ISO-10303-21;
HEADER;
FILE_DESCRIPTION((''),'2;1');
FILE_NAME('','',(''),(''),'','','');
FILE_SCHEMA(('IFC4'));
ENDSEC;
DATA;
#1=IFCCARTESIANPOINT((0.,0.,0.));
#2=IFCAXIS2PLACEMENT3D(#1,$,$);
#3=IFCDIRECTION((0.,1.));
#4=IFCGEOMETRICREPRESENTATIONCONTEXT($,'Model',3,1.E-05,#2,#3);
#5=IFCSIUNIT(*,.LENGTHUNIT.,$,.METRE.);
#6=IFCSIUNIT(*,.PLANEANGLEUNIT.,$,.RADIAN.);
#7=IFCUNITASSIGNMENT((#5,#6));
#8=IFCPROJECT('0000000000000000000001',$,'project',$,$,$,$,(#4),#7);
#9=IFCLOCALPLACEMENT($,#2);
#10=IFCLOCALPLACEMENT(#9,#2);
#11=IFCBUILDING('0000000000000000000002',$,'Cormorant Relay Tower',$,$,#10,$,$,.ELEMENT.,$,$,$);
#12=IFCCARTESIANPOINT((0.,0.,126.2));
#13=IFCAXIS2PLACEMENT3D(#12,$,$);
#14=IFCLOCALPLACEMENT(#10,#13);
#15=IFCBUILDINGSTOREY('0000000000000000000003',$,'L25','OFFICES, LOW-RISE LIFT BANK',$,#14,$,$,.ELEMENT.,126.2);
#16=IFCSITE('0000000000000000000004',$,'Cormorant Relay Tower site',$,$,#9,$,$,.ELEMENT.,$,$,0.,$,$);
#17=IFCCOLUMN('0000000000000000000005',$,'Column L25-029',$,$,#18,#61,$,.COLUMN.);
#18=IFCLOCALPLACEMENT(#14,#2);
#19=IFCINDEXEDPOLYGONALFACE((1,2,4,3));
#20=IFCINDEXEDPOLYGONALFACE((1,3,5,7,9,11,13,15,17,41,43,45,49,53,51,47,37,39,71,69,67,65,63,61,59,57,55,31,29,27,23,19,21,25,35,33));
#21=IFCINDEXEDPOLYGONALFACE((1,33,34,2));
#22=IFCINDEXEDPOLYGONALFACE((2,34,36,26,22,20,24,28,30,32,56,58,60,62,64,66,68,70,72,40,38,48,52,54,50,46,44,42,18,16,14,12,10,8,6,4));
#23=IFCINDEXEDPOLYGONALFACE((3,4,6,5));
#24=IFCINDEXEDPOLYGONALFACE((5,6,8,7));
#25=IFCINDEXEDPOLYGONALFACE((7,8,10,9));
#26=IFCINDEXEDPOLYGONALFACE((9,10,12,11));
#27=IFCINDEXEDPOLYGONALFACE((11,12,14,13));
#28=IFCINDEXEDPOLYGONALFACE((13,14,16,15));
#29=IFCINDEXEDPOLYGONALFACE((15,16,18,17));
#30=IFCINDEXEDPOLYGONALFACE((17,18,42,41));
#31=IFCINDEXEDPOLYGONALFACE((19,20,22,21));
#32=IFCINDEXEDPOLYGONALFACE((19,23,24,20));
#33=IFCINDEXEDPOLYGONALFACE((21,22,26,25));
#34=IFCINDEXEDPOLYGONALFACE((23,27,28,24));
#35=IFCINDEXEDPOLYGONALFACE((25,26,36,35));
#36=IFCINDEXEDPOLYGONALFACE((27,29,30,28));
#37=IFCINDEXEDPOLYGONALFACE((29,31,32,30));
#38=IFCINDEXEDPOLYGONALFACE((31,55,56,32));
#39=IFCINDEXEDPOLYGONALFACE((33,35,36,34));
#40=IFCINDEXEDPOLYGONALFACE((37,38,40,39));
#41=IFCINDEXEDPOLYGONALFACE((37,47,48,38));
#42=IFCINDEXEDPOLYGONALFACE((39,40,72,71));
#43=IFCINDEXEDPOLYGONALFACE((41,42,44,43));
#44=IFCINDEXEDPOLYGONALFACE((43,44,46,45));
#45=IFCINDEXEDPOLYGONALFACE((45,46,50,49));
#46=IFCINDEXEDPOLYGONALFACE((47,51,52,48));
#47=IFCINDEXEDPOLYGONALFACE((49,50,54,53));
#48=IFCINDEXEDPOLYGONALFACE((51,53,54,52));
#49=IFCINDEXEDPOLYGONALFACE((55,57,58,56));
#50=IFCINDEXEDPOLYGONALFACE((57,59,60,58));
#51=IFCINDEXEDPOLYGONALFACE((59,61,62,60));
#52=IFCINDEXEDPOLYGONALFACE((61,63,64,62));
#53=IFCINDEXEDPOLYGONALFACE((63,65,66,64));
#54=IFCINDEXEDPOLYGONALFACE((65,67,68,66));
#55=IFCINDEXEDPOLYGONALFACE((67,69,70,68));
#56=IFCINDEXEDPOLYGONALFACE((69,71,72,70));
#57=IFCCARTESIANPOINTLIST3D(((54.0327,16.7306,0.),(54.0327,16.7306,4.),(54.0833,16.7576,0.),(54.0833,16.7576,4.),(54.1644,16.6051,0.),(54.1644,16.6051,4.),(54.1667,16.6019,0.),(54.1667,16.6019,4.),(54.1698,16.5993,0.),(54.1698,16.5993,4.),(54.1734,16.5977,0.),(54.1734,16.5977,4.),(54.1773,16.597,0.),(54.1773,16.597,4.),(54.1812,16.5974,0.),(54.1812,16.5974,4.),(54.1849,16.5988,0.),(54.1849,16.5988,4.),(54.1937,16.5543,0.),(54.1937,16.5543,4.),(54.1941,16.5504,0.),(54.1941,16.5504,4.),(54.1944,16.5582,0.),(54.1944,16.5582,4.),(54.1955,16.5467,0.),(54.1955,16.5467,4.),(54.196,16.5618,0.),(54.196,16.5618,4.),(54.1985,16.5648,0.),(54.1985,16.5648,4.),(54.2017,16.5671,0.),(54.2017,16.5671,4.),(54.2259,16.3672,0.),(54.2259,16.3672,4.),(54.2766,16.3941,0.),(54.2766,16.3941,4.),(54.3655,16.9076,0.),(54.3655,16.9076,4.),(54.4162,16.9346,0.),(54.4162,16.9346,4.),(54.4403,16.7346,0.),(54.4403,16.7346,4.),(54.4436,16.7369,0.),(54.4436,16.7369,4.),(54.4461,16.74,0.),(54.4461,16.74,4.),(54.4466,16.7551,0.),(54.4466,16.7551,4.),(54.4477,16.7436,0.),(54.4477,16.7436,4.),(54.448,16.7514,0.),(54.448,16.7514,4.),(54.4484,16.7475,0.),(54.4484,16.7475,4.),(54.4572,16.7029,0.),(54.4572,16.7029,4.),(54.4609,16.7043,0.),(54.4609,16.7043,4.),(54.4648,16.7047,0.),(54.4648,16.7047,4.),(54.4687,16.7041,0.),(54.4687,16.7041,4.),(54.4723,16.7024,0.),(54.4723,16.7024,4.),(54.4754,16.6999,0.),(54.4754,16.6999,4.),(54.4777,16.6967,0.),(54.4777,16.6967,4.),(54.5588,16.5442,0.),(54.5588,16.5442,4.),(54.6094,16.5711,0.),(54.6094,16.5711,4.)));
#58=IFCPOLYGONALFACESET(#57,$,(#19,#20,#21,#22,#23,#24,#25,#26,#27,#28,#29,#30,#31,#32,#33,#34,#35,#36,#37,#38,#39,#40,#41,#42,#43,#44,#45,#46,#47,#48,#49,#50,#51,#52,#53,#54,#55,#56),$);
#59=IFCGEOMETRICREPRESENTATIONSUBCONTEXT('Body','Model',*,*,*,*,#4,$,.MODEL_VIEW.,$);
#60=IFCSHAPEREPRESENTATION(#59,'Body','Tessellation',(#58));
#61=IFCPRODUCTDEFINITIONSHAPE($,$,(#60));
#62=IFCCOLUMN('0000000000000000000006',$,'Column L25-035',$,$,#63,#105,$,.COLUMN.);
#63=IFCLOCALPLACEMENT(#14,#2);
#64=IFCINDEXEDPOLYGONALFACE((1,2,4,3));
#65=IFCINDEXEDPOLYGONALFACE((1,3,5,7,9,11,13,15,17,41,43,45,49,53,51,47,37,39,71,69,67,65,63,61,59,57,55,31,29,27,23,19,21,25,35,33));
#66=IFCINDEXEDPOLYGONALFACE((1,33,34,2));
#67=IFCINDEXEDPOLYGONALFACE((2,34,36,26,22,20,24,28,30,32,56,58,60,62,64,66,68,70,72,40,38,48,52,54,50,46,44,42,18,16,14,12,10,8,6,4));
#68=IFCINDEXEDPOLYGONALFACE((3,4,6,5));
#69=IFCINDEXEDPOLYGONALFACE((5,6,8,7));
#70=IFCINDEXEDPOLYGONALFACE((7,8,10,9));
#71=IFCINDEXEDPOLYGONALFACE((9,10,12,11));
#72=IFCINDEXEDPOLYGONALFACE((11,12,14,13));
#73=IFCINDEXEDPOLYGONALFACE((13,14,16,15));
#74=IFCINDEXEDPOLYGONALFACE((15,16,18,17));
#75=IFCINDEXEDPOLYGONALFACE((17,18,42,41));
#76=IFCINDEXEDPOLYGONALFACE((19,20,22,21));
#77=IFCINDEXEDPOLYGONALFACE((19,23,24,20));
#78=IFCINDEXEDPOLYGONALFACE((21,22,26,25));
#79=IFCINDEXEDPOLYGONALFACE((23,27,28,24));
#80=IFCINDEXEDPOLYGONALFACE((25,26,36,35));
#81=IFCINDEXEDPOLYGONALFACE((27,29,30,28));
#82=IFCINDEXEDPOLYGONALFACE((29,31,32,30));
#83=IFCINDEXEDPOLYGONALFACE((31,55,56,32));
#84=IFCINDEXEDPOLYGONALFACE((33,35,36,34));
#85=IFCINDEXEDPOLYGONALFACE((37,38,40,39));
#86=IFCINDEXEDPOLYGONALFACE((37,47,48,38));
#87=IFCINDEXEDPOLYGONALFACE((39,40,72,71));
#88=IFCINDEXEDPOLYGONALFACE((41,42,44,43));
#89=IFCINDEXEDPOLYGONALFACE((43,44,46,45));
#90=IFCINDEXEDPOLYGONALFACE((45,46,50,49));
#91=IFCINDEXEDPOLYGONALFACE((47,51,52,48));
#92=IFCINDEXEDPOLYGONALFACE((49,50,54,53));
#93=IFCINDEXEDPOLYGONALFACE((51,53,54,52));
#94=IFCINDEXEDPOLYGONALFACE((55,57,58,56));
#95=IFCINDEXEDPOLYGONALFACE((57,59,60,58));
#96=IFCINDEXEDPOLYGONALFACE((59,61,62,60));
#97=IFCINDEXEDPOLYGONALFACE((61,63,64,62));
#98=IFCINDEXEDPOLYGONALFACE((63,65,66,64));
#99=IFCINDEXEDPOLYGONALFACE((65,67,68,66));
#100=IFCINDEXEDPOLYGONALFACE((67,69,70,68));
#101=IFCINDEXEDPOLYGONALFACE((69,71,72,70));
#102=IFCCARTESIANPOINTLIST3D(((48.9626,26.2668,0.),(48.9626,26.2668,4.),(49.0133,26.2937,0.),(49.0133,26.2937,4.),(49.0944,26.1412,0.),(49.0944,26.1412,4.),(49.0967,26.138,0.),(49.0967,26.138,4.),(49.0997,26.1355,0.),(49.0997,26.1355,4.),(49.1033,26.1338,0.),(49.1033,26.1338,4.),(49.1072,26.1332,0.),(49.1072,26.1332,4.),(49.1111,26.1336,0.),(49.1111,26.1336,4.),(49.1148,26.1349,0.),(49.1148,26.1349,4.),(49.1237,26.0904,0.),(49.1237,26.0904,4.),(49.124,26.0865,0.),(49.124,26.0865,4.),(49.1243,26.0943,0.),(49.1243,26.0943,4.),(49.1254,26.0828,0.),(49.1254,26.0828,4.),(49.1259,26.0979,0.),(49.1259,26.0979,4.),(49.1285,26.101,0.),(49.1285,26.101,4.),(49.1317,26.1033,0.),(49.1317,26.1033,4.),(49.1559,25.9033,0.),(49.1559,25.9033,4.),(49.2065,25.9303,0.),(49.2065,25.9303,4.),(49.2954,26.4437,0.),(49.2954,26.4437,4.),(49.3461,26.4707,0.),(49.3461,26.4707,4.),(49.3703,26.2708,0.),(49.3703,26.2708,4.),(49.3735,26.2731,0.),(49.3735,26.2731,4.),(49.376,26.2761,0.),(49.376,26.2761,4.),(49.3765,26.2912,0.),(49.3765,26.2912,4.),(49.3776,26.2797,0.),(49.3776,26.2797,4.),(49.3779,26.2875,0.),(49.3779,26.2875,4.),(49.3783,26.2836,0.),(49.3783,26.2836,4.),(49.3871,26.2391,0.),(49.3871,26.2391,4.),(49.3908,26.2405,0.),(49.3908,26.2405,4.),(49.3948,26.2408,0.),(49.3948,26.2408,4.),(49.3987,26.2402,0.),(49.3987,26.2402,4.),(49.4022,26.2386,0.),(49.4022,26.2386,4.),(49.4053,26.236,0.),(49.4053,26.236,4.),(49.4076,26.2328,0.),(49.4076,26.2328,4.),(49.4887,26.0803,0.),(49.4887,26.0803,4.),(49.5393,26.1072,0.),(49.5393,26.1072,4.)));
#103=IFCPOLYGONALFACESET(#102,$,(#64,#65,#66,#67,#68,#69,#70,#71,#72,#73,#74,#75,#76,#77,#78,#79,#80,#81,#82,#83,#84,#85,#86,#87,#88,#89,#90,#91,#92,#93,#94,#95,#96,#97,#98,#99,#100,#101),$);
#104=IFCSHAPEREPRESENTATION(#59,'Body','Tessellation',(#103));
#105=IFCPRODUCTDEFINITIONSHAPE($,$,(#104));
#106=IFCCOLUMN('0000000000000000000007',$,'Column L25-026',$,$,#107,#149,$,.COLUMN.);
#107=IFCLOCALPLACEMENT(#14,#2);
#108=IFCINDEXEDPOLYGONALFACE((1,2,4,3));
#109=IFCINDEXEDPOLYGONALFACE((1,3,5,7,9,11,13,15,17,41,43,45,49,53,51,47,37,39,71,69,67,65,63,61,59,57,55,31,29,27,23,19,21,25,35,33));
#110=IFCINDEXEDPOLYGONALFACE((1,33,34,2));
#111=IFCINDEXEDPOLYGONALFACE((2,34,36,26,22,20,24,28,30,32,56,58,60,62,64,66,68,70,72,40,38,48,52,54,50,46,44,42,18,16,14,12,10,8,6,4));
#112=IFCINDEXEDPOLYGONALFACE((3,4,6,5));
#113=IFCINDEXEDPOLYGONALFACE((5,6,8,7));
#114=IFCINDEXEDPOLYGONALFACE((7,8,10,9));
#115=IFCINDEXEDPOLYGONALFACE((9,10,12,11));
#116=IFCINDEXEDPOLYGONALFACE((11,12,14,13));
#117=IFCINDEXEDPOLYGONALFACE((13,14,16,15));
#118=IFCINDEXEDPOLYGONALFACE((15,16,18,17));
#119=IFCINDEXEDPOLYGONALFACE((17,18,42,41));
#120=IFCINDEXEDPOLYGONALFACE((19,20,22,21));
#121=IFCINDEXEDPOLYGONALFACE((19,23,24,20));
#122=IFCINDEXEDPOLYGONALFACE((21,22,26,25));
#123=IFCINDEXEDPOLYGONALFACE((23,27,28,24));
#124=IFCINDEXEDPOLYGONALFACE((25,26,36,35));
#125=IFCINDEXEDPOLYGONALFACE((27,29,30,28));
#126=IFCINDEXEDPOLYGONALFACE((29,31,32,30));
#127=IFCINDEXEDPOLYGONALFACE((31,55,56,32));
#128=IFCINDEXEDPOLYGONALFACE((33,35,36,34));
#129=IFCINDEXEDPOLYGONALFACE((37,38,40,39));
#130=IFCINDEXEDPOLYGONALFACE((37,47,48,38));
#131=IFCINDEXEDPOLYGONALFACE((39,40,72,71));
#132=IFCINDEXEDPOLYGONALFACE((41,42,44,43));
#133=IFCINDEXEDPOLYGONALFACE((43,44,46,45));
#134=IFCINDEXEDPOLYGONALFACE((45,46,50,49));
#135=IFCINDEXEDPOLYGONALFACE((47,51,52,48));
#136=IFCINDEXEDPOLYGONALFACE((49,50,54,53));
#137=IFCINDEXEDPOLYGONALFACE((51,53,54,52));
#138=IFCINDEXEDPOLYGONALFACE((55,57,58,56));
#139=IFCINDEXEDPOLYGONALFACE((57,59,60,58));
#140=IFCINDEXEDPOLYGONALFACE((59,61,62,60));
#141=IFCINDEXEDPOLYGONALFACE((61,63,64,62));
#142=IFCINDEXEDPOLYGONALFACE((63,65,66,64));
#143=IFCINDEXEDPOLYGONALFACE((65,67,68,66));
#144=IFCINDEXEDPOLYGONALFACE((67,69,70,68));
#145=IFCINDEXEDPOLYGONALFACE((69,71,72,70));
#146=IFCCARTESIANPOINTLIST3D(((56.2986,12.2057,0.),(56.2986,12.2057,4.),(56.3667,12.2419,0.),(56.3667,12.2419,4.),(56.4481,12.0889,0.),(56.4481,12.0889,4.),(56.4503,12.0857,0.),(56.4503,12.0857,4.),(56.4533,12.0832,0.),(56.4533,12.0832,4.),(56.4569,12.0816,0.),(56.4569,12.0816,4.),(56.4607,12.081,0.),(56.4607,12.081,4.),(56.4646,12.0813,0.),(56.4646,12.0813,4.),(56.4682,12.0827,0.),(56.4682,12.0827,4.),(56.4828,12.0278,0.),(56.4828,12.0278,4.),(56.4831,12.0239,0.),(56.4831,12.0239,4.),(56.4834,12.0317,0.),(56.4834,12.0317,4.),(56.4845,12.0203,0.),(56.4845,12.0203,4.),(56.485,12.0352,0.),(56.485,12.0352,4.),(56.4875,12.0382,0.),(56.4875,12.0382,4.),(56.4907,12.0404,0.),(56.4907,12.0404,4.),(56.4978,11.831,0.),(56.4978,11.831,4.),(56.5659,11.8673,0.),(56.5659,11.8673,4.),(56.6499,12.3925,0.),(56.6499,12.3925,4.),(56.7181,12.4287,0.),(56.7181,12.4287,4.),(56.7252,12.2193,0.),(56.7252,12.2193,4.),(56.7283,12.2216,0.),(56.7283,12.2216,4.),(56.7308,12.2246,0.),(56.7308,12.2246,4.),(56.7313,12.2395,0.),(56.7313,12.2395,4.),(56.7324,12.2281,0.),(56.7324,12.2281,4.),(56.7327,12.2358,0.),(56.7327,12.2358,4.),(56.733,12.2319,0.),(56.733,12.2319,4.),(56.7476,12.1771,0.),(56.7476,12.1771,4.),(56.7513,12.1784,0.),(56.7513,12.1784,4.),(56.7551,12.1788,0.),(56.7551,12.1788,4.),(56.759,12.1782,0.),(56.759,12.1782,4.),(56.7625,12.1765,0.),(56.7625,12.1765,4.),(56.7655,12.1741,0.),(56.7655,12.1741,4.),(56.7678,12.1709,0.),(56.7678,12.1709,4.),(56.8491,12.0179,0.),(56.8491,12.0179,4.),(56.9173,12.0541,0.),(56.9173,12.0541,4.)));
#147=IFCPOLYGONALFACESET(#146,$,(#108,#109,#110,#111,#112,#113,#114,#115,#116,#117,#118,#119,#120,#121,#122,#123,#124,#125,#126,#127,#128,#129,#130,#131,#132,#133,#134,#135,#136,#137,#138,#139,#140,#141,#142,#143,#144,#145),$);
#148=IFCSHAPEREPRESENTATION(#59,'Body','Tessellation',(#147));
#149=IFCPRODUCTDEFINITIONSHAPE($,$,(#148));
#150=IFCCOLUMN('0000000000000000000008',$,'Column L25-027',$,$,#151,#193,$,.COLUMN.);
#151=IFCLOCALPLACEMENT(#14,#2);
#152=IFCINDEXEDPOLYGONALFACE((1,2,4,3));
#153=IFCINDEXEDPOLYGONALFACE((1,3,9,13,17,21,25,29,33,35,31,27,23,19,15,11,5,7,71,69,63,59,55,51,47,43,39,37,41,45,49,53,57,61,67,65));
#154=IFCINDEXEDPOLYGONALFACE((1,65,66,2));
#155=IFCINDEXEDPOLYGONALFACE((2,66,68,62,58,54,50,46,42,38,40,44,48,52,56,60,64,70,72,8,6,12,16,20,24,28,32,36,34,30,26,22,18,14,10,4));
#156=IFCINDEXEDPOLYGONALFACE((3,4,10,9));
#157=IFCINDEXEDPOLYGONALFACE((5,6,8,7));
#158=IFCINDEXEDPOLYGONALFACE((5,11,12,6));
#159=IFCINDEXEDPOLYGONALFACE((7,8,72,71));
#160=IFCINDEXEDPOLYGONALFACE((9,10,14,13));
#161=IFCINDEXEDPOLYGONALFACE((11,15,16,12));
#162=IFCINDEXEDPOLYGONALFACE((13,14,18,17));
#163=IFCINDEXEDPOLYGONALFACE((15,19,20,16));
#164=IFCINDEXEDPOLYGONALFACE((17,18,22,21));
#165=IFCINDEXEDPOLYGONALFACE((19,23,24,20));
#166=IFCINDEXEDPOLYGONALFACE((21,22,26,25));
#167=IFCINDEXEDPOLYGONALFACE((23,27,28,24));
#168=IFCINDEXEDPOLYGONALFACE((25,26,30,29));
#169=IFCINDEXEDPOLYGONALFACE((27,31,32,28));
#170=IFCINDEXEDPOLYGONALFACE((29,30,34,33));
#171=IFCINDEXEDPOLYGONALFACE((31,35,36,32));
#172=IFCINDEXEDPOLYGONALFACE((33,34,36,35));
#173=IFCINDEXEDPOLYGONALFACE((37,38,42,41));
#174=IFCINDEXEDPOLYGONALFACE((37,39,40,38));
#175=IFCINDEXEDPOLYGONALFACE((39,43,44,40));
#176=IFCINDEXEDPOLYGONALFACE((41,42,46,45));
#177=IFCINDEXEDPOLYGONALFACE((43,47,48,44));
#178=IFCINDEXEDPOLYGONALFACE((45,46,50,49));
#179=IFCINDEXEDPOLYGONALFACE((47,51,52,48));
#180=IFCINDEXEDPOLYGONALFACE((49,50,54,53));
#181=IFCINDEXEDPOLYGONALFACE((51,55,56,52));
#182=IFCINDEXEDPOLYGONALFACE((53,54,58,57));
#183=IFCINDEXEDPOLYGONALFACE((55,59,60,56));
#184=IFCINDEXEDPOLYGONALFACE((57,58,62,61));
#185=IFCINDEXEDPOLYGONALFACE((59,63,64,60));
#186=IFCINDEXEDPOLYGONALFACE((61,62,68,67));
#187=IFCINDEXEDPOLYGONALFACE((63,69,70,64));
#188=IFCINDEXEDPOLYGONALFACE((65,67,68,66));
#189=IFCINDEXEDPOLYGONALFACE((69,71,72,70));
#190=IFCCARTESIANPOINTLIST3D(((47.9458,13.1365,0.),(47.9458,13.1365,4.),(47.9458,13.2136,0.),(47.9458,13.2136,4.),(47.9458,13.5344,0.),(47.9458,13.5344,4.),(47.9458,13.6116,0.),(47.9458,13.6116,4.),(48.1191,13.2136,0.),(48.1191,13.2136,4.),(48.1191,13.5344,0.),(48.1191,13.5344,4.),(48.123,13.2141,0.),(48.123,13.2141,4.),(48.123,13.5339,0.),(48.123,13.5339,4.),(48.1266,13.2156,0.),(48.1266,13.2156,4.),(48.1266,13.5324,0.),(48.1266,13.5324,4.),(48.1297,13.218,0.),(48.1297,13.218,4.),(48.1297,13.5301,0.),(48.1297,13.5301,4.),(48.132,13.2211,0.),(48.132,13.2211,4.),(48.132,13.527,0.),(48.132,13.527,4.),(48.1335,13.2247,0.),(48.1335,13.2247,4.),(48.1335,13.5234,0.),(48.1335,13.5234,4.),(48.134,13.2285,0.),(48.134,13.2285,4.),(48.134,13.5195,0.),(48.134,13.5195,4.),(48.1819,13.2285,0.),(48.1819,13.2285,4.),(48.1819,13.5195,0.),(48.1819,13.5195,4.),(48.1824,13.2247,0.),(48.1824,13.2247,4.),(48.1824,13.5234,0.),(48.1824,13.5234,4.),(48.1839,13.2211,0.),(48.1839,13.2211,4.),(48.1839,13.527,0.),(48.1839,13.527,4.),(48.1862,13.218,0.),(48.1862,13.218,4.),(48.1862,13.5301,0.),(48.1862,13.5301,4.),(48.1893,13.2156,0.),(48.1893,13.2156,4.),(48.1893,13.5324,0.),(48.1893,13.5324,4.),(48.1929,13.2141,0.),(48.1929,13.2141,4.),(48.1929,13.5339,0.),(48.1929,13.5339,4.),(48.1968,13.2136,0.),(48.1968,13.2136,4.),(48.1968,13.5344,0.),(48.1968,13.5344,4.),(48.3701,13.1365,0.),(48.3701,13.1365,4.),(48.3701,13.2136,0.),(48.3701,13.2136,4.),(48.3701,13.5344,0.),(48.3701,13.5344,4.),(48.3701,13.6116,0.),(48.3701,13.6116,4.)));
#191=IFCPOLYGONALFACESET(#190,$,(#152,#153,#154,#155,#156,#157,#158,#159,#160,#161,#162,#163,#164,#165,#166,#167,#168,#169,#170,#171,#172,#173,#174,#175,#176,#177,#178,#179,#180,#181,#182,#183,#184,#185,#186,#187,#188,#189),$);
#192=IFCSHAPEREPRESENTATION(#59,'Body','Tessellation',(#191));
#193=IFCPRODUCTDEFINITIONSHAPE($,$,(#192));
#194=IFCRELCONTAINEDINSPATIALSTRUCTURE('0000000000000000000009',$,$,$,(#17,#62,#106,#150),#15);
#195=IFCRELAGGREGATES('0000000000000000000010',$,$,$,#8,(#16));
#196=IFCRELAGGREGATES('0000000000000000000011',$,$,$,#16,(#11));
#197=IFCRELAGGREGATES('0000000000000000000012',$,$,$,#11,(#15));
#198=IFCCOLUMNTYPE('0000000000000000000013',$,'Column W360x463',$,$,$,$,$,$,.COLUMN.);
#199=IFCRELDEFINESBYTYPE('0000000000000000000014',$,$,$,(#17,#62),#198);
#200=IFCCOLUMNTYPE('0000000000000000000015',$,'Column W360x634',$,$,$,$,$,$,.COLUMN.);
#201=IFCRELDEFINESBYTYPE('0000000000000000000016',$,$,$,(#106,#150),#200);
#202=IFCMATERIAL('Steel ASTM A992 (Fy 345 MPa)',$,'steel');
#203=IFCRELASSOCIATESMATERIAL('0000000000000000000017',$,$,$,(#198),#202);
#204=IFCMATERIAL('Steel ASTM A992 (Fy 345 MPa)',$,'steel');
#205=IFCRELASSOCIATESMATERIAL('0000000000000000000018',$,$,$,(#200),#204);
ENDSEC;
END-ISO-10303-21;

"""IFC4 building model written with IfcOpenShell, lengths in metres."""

from ifc_helpers import new_model, si_unit, direction, frame, origin, origin_2d, place, context, subcontext, project, spatial, i_section, extrude, material, material_profile, profile_set, type_object, element, save


model = new_model("IFC4")

# Units and contexts
model_context = context("Model", 3, precision=1e-05, world=origin(), true_north=direction((0.0, 1.0)))
body_context = subcontext(model_context, "Body", "Model", "MODEL_VIEW")
ifc_project = project(units=[si_unit("LENGTHUNIT", "METRE"), si_unit("PLANEANGLEUNIT", "RADIAN")], contexts=[model_context])

# Site, building, storey
site_placement = place(None, origin())
site = spatial("IfcSite", under=ifc_project, at=site_placement, Name="Cormorant Relay Tower site", CompositionType="ELEMENT", RefElevation=0.0)
building_placement = place(site_placement, origin())
building = spatial("IfcBuilding", under=site, at=building_placement, Name="Cormorant Relay Tower", CompositionType="ELEMENT")
storey_placement = place(building_placement, frame((0.0, 0.0, 126.2)))
storey = spatial("IfcBuildingStorey", under=building, at=storey_placement, Name="L25", Description="OFFICES, LOW-RISE LIFT BANK", CompositionType="ELEMENT", Elevation=126.2)

# Columns
ifc_material_1 = material(Name="Steel ASTM A992 (Fy 345 MPa)", Category="steel")
ifc_material_profile_1 = material_profile(ifc_material_1, i_section(OverallWidth=0.4116, OverallDepth=0.4343, WebThickness=0.0359, FlangeThickness=0.0574, FilletRadius=0.0151, at=origin_2d()), Name="W360x463")
ifc_profile_set_1 = profile_set([ifc_material_profile_1], Name="Steel ASTM A992 (Fy 345 MPa)")
column_type_1 = type_object("IfcColumnType", Name="Column W360x463", PredefinedType="COLUMN", material=ifc_profile_set_1)
for number, where, z_axis, x_axis, name in (
    (1, (54.321, 16.6509, 0.0), (0.0, 0.0, 1.0), (-0.469472, 0.882948, 0.0), "Column L25-029"),
    (2, (49.251, 26.187, 0.0), (0.0, 0.0, 1.0), (-0.469472, 0.882948, 0.0), "Column L25-035"),
):
    element("IfcColumn", number, at=place(storey_placement, frame(where, z_axis=z_axis, x_axis=x_axis)), inside=storey, type_object=column_type_1, Name=name, PredefinedType="COLUMN", context=body_context, shape_type="SweptSolid", body=[
        extrude(i_section(OverallWidth=0.4116, OverallDepth=0.4343, WebThickness=0.0359, FlangeThickness=0.0574, FilletRadius=0.0151, at=origin_2d()), origin(), (0.0, 0.0, 1.0), 4.0),
    ])
ifc_material_2 = material(Name="Steel ASTM A992 (Fy 345 MPa)", Category="steel")
ifc_material_profile_2 = material_profile(ifc_material_2, i_section(OverallWidth=0.4243, OverallDepth=0.4751, WebThickness=0.0479, FlangeThickness=0.0771, FilletRadius=0.0149, at=origin_2d()), Name="W360x634")
ifc_profile_set_2 = profile_set([ifc_material_profile_2], Name="Steel ASTM A992 (Fy 345 MPa)")
column_type_2 = type_object("IfcColumnType", Name="Column W360x634", PredefinedType="COLUMN", material=ifc_profile_set_2)
for number, where, z_axis, x_axis, name in (
    (3, (56.6079, 12.1299, 0.0), (0.0, 0.0, 1.0), (-0.469472, 0.882948, 0.0), "Column L25-026"),
    (4, (48.158, 13.374, 0.0), (0.0, 0.0, 1.0), (1.0, 0.0, 0.0), "Column L25-027"),
):
    element("IfcColumn", number, at=place(storey_placement, frame(where, z_axis=z_axis, x_axis=x_axis)), inside=storey, type_object=column_type_2, Name=name, PredefinedType="COLUMN", context=body_context, shape_type="SweptSolid", body=[
        extrude(i_section(OverallWidth=0.4243, OverallDepth=0.4751, WebThickness=0.0479, FlangeThickness=0.0771, FilletRadius=0.0149, at=origin_2d()), origin(), (0.0, 0.0, 1.0), 4.0),
    ])

save(model, "model.ifc")
